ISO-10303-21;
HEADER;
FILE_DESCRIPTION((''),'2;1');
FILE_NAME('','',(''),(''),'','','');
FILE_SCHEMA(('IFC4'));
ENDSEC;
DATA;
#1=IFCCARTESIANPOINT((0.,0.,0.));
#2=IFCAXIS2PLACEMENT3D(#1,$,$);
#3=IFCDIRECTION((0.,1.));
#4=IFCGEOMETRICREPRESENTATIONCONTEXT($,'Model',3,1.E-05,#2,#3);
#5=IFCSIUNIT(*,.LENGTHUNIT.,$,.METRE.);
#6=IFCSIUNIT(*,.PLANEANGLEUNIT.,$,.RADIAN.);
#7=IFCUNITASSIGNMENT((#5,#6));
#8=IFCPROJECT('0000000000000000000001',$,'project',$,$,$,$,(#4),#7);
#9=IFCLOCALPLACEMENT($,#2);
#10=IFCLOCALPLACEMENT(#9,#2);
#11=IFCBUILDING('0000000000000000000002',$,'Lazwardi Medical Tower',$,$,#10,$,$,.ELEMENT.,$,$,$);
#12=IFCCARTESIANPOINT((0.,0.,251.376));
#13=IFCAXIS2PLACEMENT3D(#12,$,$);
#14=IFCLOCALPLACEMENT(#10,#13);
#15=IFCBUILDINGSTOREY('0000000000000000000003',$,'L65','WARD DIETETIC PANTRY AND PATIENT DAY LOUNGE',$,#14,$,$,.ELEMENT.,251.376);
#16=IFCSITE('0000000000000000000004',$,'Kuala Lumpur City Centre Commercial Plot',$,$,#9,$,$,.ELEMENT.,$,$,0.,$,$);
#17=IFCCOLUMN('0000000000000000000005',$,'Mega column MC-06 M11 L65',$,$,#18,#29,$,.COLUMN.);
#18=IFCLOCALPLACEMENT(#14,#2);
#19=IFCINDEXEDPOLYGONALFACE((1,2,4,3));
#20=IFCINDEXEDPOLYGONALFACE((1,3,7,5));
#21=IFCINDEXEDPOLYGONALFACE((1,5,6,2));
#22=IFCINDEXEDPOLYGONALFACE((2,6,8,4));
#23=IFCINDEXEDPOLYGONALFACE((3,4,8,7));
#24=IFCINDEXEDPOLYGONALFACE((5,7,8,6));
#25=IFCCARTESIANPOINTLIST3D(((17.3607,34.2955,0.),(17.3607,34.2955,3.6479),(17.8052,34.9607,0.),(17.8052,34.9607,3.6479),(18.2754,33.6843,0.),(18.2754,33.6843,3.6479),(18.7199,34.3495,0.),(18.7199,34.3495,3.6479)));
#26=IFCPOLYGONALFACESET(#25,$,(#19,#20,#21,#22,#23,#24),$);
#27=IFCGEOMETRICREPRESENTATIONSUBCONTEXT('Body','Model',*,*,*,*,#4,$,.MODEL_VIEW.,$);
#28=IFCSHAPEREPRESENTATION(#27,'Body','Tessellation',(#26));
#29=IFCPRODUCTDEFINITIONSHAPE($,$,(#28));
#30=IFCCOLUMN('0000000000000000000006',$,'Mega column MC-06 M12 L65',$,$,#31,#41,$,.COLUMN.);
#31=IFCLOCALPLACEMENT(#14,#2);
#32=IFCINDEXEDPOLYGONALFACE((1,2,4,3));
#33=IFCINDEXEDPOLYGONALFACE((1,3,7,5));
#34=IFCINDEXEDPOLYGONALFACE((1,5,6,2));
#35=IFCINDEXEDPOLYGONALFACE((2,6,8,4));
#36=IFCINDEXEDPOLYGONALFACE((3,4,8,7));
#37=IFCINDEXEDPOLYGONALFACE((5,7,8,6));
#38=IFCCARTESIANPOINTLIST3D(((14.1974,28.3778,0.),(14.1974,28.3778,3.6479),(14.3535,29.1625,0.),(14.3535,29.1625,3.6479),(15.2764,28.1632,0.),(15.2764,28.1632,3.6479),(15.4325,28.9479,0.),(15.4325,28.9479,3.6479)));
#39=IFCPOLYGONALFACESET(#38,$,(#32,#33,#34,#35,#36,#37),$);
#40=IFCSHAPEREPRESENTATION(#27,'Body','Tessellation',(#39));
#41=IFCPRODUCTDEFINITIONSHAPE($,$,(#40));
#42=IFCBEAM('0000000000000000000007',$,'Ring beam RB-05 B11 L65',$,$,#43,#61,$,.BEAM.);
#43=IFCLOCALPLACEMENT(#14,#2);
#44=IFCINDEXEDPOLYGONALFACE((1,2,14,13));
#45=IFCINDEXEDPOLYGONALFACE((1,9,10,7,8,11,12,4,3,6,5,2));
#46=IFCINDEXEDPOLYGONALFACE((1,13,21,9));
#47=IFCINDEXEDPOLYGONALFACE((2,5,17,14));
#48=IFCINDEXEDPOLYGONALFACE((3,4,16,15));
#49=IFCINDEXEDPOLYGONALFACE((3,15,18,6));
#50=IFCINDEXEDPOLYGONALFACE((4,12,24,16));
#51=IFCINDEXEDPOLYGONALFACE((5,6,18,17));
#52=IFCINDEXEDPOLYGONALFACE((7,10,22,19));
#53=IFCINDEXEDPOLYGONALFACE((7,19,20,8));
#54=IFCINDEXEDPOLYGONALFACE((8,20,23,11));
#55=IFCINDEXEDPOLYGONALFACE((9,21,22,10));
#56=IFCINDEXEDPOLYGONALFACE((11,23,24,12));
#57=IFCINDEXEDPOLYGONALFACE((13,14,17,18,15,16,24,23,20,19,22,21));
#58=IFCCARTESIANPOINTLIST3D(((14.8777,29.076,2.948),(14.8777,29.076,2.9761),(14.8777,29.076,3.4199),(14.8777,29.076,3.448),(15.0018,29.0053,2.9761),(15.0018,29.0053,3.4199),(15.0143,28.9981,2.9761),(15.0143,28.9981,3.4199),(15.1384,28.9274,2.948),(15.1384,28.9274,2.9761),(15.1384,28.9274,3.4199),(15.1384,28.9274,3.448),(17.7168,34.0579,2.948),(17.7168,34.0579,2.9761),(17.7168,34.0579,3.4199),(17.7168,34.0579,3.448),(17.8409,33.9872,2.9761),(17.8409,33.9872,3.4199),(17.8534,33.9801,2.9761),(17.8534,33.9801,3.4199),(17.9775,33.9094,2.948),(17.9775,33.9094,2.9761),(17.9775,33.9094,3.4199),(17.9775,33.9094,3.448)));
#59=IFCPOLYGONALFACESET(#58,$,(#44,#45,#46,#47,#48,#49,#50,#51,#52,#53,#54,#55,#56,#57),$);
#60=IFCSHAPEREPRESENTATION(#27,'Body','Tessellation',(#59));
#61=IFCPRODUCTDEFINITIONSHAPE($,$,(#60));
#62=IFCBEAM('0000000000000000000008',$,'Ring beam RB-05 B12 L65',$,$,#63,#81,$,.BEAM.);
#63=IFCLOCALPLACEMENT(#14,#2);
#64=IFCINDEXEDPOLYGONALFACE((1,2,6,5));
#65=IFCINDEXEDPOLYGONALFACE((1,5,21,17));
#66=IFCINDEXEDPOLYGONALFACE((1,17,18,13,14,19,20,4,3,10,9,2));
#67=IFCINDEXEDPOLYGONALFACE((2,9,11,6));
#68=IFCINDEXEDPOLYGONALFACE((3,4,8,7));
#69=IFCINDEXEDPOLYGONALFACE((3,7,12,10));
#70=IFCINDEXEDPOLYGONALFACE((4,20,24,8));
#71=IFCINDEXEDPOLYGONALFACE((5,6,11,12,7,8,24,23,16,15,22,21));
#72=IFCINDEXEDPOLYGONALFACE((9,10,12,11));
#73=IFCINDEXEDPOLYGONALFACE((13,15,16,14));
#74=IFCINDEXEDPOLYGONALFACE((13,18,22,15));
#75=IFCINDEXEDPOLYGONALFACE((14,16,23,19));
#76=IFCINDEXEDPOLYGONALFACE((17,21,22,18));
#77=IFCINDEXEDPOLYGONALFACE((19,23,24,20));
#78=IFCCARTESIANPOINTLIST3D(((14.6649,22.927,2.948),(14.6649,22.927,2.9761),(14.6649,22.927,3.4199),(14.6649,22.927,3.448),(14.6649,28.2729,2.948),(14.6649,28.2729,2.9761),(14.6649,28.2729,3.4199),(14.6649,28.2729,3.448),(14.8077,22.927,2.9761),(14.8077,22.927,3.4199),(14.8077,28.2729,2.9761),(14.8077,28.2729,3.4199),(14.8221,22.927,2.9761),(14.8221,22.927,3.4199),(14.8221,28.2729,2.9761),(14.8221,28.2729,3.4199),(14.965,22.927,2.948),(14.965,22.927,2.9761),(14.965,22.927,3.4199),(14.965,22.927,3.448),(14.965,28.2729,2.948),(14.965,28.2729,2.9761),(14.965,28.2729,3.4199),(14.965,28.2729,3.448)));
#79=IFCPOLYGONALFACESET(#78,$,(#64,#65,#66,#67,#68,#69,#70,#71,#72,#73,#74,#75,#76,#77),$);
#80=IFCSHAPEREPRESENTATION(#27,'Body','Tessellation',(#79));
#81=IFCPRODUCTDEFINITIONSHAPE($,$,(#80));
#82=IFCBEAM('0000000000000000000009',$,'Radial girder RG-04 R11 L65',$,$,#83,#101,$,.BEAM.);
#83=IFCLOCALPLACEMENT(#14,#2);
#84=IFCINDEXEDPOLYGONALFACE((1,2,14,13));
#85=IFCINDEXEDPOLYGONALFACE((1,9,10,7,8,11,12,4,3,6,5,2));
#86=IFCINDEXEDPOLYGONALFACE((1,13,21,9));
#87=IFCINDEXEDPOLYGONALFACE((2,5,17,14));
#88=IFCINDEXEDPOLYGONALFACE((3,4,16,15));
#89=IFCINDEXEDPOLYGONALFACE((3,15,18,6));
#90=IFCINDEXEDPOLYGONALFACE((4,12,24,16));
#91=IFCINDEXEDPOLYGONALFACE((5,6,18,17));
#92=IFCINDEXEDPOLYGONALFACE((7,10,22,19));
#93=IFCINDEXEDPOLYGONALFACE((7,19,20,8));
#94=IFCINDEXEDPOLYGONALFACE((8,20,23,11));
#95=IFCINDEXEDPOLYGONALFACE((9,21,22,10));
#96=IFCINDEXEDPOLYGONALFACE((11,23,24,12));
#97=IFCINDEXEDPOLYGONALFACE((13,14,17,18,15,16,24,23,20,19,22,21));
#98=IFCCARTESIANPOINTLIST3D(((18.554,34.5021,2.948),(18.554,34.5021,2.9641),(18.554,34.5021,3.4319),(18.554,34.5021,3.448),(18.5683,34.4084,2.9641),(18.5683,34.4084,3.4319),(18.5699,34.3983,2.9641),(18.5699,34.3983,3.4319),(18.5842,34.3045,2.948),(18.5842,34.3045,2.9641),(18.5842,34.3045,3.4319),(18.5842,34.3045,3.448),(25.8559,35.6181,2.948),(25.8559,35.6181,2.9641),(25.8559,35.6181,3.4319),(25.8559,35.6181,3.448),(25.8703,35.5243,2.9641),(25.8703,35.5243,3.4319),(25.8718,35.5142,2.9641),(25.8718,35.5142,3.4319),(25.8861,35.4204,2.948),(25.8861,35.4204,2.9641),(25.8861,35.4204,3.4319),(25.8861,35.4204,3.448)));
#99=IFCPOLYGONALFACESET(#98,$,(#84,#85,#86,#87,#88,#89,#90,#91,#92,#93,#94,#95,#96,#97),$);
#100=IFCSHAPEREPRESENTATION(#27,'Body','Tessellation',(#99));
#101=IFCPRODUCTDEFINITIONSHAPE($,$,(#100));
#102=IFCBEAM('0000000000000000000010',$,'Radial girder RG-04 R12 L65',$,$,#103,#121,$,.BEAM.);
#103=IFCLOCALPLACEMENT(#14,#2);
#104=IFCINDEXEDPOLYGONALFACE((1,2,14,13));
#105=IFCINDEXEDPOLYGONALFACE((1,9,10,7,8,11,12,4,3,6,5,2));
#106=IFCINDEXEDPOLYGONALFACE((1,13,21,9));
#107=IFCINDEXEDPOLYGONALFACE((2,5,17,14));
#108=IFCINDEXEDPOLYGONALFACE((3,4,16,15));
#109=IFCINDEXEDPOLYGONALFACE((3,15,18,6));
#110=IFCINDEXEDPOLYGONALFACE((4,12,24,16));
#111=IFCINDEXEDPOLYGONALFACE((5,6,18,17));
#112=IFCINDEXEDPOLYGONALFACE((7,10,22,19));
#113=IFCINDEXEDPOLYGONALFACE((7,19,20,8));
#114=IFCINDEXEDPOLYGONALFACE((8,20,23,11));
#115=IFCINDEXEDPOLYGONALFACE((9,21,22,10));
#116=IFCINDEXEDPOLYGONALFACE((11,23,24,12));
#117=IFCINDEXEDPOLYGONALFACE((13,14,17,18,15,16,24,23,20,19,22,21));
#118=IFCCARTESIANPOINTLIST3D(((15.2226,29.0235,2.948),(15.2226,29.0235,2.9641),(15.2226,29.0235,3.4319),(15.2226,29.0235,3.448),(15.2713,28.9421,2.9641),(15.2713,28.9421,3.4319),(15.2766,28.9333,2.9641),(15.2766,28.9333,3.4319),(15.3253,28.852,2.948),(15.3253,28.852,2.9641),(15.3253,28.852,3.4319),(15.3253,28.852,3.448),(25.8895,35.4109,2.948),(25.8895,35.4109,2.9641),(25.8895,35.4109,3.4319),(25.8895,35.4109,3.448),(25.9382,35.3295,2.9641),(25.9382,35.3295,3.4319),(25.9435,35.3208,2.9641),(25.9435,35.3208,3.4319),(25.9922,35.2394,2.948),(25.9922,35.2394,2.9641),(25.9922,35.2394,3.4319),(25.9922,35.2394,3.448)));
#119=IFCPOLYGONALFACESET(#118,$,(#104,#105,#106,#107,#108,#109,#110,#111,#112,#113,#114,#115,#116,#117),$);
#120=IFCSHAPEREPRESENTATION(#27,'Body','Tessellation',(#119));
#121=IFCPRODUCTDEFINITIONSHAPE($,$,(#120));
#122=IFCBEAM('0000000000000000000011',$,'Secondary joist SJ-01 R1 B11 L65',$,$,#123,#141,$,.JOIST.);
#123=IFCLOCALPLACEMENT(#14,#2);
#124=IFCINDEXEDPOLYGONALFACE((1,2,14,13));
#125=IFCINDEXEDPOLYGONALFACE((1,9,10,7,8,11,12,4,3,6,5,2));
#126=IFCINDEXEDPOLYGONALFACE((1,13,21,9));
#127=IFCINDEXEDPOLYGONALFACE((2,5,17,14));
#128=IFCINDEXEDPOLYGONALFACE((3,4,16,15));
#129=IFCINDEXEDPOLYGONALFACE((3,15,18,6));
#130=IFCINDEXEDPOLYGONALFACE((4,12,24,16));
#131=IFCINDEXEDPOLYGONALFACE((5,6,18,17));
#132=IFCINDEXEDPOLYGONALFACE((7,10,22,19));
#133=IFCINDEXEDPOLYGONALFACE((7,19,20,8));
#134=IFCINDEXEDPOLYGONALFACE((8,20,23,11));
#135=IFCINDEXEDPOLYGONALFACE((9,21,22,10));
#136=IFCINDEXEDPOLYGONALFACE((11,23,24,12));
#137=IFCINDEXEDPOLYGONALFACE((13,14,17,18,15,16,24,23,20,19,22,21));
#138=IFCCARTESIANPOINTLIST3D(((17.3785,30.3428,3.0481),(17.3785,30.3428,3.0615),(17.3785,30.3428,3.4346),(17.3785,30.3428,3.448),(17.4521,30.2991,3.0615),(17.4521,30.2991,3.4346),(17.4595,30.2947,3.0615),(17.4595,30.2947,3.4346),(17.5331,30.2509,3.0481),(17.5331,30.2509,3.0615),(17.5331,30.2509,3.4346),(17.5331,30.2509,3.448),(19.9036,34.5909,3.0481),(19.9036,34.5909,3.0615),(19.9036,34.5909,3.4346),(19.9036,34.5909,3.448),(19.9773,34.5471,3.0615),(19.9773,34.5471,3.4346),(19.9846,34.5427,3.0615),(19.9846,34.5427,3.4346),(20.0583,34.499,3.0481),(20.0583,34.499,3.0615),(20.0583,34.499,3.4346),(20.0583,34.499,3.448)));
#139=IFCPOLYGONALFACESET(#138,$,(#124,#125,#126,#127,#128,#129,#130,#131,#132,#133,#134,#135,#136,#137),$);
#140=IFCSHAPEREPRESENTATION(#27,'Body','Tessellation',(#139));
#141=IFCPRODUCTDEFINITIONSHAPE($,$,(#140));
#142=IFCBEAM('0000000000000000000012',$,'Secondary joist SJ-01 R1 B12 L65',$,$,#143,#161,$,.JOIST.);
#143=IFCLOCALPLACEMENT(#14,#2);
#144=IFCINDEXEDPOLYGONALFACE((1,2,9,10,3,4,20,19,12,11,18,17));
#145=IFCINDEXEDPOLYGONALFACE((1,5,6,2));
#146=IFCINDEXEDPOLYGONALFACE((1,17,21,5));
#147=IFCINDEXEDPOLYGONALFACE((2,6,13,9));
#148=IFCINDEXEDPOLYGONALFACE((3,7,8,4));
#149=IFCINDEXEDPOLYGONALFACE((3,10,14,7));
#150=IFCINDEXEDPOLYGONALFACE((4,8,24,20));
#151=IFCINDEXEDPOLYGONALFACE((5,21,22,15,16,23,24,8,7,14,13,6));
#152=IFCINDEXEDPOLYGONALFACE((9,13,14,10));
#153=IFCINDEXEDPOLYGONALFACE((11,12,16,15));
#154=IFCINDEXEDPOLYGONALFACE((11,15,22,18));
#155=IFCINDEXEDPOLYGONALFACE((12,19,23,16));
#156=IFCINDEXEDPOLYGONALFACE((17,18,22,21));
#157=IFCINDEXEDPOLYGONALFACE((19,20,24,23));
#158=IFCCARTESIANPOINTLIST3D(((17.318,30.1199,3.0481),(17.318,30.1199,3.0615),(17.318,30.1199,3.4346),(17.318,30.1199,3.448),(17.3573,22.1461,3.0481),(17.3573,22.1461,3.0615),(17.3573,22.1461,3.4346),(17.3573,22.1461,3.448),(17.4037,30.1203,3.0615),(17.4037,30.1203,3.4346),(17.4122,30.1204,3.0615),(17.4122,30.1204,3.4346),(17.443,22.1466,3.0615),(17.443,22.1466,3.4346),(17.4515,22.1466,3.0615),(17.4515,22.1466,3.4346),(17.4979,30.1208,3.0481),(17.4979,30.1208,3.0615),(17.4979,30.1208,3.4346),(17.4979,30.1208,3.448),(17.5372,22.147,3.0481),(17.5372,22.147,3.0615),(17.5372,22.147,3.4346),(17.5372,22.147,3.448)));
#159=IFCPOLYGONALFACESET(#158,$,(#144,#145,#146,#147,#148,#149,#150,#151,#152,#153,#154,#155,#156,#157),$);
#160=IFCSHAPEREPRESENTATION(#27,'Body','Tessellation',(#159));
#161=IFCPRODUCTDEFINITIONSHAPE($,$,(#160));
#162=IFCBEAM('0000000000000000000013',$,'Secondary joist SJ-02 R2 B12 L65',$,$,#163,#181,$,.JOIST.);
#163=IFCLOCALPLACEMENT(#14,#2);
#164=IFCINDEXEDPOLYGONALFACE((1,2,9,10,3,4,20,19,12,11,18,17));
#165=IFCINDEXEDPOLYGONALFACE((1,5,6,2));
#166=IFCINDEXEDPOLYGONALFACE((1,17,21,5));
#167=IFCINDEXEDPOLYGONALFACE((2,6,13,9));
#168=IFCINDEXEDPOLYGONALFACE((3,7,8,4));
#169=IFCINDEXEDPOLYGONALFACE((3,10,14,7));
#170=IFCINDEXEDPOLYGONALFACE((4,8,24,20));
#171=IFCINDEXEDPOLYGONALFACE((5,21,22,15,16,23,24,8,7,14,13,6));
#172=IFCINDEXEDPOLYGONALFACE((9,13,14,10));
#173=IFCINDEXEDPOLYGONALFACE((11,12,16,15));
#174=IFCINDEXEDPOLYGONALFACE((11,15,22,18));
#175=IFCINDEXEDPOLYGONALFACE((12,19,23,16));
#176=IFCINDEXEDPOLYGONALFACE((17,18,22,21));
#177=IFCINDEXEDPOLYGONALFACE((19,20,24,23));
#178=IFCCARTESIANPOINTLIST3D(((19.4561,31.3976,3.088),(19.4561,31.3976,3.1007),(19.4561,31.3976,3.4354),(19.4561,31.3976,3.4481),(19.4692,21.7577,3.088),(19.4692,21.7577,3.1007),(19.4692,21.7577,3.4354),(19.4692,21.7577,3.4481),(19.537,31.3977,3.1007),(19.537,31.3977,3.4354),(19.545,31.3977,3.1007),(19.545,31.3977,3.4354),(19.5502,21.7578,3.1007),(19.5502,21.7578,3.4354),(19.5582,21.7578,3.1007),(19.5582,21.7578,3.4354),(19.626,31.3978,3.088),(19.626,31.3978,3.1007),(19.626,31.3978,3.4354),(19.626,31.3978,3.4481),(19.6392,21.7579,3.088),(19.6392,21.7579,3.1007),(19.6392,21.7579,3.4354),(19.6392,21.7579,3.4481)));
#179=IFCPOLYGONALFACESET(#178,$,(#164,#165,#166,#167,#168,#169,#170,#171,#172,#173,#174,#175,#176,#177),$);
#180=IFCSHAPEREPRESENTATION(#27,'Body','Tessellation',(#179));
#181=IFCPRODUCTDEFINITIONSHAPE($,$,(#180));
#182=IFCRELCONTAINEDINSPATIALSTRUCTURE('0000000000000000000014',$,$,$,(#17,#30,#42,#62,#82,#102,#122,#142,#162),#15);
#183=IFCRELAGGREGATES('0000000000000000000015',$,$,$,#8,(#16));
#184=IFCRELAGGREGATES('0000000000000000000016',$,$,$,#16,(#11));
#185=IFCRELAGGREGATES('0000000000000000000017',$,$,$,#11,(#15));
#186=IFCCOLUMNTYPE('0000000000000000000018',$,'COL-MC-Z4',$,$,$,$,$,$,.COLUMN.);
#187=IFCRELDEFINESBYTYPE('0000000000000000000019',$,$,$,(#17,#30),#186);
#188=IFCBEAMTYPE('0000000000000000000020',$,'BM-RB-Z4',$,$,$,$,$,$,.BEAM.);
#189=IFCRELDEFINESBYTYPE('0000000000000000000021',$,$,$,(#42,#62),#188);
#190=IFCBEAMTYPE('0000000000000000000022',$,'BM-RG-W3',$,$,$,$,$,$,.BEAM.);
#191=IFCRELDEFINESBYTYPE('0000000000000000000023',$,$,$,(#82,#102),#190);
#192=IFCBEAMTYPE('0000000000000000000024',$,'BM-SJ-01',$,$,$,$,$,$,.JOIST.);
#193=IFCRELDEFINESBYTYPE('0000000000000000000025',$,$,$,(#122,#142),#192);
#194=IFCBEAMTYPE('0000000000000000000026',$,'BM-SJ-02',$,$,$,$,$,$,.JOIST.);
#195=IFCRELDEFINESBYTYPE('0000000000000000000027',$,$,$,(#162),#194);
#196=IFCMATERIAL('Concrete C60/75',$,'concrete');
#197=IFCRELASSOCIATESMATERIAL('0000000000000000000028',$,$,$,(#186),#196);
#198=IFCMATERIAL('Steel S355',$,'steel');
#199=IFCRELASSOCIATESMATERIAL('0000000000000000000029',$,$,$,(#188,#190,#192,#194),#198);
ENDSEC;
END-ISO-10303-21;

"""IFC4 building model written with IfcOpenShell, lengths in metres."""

from ifc_helpers import new_model, si_unit, direction, frame, origin, origin_2d, place, context, subcontext, project, spatial, rectangle, i_section, extrude, material, material_profile, profile_set, type_object, element, save


model = new_model("IFC4")

# Units and contexts
model_context = context("Model", 3, precision=1e-05, world=origin(), true_north=direction((0.0, 1.0)))
body_context = subcontext(model_context, "Body", "Model", "MODEL_VIEW")
ifc_project = project(units=[si_unit("LENGTHUNIT", "METRE"), si_unit("PLANEANGLEUNIT", "RADIAN")], contexts=[model_context])

# Site, building, storey
site_placement = place(None, origin())
site = spatial("IfcSite", under=ifc_project, at=site_placement, Name="Kuala Lumpur City Centre Commercial Plot", CompositionType="ELEMENT", RefElevation=0.0)
building_placement = place(site_placement, origin())
building = spatial("IfcBuilding", under=site, at=building_placement, Name="Lazwardi Medical Tower", CompositionType="ELEMENT")
storey_placement = place(building_placement, frame((0.0, 0.0, 251.376)))
storey = spatial("IfcBuildingStorey", under=building, at=storey_placement, Name="L65", Description="WARD DIETETIC PANTRY AND PATIENT DAY LOUNGE", CompositionType="ELEMENT", Elevation=251.376)

# Columns
ifc_material_1 = material(Name="Concrete C60/75", Category="concrete")
ifc_material_profile_1 = material_profile(ifc_material_1, rectangle(XDim=1.1001, YDim=0.8, at=origin_2d()), Name="CFT-RECT 1100x800")
ifc_profile_set_1 = profile_set([ifc_material_profile_1], Name="Concrete C60/75")
column_type = type_object("IfcColumnType", Name="COL-MC-Z4", PredefinedType="COLUMN", material=ifc_profile_set_1)
for number, where, z_axis, x_axis, name in (
    (1, (18.0403, 34.3225, 0.0), (0.0, 0.0, 1.0), (-0.83147, 0.55557, 0.0), "Mega column MC-06 M11 L65"),
    (2, (14.8149, 28.6628, 0.0), (0.0, 0.0, 1.0), (-0.980785, 0.19509, 0.0), "Mega column MC-06 M12 L65"),
):
    element("IfcColumn", number, at=place(storey_placement, frame(where, z_axis=z_axis, x_axis=x_axis)), inside=storey, type_object=column_type, Name=name, PredefinedType="COLUMN", context=body_context, shape_type="SweptSolid", body=[
        extrude(rectangle(XDim=1.1001, YDim=0.8, at=origin_2d()), origin(), (0.0, 0.0, 1.0), 3.6479),
    ])

# Beams
ifc_material_2 = material(Name="Steel S355", Category="steel")
ifc_material_profile_2 = material_profile(ifc_material_2, i_section(OverallWidth=0.3, OverallDepth=0.5, WebThickness=0.0144, FlangeThickness=0.0281, at=origin_2d()), Name="HEB 500")
ifc_profile_set_2 = profile_set([ifc_material_profile_2], Name="Steel S355")
beam_type_1 = type_object("IfcBeamType", Name="BM-RB-Z4", PredefinedType="BEAM", material=ifc_profile_set_2)
beam_1_placement = place(storey_placement, frame((17.8472, 33.9836, 3.198), z_axis=(-0.495125, -0.868822, 0.0), x_axis=(0.868822, -0.495125, 0.0)))
element("IfcBeam", 3, at=beam_1_placement, inside=storey, type_object=beam_type_1, Name="Ring beam RB-05 B11 L65", PredefinedType="BEAM", context=body_context, shape_type="SweptSolid", body=[
    extrude(i_section(OverallWidth=0.3, OverallDepth=0.5, WebThickness=0.0144, FlangeThickness=0.0281, at=origin_2d()), origin(), (0.0, 0.0, 1.0), 5.7341),
])
beam_2_placement = place(storey_placement, frame((14.8149, 28.2729, 3.198), z_axis=(0.0, -1.0, 0.0), x_axis=(1.0, 0.0, 0.0)))
element("IfcBeam", 4, at=beam_2_placement, inside=storey, type_object=beam_type_1, Name="Ring beam RB-05 B12 L65", PredefinedType="BEAM", context=body_context, shape_type="SweptSolid", body=[
    extrude(i_section(OverallWidth=0.3, OverallDepth=0.5, WebThickness=0.0144, FlangeThickness=0.0281, at=origin_2d()), origin(), (0.0, 0.0, 1.0), 5.3459),
])
ifc_material_profile_3 = material_profile(ifc_material_2, i_section(OverallWidth=0.2, OverallDepth=0.5, WebThickness=0.0103, FlangeThickness=0.0161, at=origin_2d()), Name="IPE 500")
ifc_profile_set_3 = profile_set([ifc_material_profile_3], Name="Steel S355")
beam_type_2 = type_object("IfcBeamType", Name="BM-RG-W3", PredefinedType="BEAM", material=ifc_profile_set_3)
beam_3_placement = place(storey_placement, frame((18.5691, 34.4033, 3.198), z_axis=(0.988522, 0.151076, 0.0), x_axis=(-0.151076, 0.988522, 0.0)))
element("IfcBeam", 5, at=beam_3_placement, inside=storey, type_object=beam_type_2, Name="Radial girder RG-04 R11 L65", PredefinedType="BEAM", context=body_context, shape_type="SweptSolid", body=[
    extrude(i_section(OverallWidth=0.2, OverallDepth=0.5, WebThickness=0.0103, FlangeThickness=0.0161, at=origin_2d()), origin(), (0.0, 0.0, 1.0), 7.3867),
])
beam_4_placement = place(storey_placement, frame((15.2739, 28.9377, 3.198), z_axis=(0.857945, 0.513742, 0.0), x_axis=(-0.513742, 0.857945, 0.0)))
element("IfcBeam", 6, at=beam_4_placement, inside=storey, type_object=beam_type_2, Name="Radial girder RG-04 R12 L65", PredefinedType="BEAM", context=body_context, shape_type="SweptSolid", body=[
    extrude(i_section(OverallWidth=0.2, OverallDepth=0.5, WebThickness=0.0103, FlangeThickness=0.0161, at=origin_2d()), origin(), (0.0, 0.0, 1.0), 12.4331),
])
ifc_material_profile_4 = material_profile(ifc_material_2, i_section(OverallWidth=0.1799, OverallDepth=0.3999, WebThickness=0.0085, FlangeThickness=0.0134, at=origin_2d()), Name="IPE 400")
ifc_profile_set_4 = profile_set([ifc_material_profile_4], Name="Steel S355")
beam_type_3 = type_object("IfcBeamType", Name="BM-SJ-01", PredefinedType="JOIST", material=ifc_profile_set_4)
beam_5_placement = place(storey_placement, frame((19.981, 34.5449, 3.248), z_axis=(-0.510968, -0.8596, 0.0), x_axis=(0.8596, -0.510968, 0.0)))
element("IfcBeam", 7, at=beam_5_placement, inside=storey, type_object=beam_type_3, Name="Secondary joist SJ-01 R1 B11 L65", PredefinedType="JOIST", context=body_context, shape_type="SweptSolid", body=[
    extrude(i_section(OverallWidth=0.1799, OverallDepth=0.3999, WebThickness=0.0085, FlangeThickness=0.0134, at=origin_2d()), origin(), (0.0, 0.0, 1.0), 4.9419),
])
beam_6_placement = place(storey_placement, frame((17.408, 30.1204, 3.248), z_axis=(0.004929, -0.999988, 0.0), x_axis=(0.999988, 0.004929, 0.0)))
element("IfcBeam", 8, at=beam_6_placement, inside=storey, type_object=beam_type_3, Name="Secondary joist SJ-01 R1 B12 L65", PredefinedType="JOIST", context=body_context, shape_type="SweptSolid", body=[
    extrude(i_section(OverallWidth=0.1799, OverallDepth=0.3999, WebThickness=0.0085, FlangeThickness=0.0134, at=origin_2d()), origin(), (0.0, 0.0, 1.0), 7.9739),
])
ifc_material_profile_5 = material_profile(ifc_material_2, i_section(OverallWidth=0.1699, OverallDepth=0.3601, WebThickness=0.0081, FlangeThickness=0.0127, at=origin_2d()), Name="IPE 360")
ifc_profile_set_5 = profile_set([ifc_material_profile_5], Name="Steel S355")
beam_type_4 = type_object("IfcBeamType", Name="BM-SJ-02", PredefinedType="JOIST", material=ifc_profile_set_5)
beam_7_placement = place(storey_placement, frame((19.541, 31.3977, 3.2681), z_axis=(0.001368, -0.999999, 0.0), x_axis=(0.999999, 0.001368, 0.0)))
element("IfcBeam", 9, at=beam_7_placement, inside=storey, type_object=beam_type_4, Name="Secondary joist SJ-02 R2 B12 L65", PredefinedType="JOIST", context=body_context, shape_type="SweptSolid", body=[
    extrude(i_section(OverallWidth=0.1699, OverallDepth=0.3601, WebThickness=0.0081, FlangeThickness=0.0127, at=origin_2d()), origin(), (0.0, 0.0, 1.0), 9.6399),
])

save(model, "model.ifc")
